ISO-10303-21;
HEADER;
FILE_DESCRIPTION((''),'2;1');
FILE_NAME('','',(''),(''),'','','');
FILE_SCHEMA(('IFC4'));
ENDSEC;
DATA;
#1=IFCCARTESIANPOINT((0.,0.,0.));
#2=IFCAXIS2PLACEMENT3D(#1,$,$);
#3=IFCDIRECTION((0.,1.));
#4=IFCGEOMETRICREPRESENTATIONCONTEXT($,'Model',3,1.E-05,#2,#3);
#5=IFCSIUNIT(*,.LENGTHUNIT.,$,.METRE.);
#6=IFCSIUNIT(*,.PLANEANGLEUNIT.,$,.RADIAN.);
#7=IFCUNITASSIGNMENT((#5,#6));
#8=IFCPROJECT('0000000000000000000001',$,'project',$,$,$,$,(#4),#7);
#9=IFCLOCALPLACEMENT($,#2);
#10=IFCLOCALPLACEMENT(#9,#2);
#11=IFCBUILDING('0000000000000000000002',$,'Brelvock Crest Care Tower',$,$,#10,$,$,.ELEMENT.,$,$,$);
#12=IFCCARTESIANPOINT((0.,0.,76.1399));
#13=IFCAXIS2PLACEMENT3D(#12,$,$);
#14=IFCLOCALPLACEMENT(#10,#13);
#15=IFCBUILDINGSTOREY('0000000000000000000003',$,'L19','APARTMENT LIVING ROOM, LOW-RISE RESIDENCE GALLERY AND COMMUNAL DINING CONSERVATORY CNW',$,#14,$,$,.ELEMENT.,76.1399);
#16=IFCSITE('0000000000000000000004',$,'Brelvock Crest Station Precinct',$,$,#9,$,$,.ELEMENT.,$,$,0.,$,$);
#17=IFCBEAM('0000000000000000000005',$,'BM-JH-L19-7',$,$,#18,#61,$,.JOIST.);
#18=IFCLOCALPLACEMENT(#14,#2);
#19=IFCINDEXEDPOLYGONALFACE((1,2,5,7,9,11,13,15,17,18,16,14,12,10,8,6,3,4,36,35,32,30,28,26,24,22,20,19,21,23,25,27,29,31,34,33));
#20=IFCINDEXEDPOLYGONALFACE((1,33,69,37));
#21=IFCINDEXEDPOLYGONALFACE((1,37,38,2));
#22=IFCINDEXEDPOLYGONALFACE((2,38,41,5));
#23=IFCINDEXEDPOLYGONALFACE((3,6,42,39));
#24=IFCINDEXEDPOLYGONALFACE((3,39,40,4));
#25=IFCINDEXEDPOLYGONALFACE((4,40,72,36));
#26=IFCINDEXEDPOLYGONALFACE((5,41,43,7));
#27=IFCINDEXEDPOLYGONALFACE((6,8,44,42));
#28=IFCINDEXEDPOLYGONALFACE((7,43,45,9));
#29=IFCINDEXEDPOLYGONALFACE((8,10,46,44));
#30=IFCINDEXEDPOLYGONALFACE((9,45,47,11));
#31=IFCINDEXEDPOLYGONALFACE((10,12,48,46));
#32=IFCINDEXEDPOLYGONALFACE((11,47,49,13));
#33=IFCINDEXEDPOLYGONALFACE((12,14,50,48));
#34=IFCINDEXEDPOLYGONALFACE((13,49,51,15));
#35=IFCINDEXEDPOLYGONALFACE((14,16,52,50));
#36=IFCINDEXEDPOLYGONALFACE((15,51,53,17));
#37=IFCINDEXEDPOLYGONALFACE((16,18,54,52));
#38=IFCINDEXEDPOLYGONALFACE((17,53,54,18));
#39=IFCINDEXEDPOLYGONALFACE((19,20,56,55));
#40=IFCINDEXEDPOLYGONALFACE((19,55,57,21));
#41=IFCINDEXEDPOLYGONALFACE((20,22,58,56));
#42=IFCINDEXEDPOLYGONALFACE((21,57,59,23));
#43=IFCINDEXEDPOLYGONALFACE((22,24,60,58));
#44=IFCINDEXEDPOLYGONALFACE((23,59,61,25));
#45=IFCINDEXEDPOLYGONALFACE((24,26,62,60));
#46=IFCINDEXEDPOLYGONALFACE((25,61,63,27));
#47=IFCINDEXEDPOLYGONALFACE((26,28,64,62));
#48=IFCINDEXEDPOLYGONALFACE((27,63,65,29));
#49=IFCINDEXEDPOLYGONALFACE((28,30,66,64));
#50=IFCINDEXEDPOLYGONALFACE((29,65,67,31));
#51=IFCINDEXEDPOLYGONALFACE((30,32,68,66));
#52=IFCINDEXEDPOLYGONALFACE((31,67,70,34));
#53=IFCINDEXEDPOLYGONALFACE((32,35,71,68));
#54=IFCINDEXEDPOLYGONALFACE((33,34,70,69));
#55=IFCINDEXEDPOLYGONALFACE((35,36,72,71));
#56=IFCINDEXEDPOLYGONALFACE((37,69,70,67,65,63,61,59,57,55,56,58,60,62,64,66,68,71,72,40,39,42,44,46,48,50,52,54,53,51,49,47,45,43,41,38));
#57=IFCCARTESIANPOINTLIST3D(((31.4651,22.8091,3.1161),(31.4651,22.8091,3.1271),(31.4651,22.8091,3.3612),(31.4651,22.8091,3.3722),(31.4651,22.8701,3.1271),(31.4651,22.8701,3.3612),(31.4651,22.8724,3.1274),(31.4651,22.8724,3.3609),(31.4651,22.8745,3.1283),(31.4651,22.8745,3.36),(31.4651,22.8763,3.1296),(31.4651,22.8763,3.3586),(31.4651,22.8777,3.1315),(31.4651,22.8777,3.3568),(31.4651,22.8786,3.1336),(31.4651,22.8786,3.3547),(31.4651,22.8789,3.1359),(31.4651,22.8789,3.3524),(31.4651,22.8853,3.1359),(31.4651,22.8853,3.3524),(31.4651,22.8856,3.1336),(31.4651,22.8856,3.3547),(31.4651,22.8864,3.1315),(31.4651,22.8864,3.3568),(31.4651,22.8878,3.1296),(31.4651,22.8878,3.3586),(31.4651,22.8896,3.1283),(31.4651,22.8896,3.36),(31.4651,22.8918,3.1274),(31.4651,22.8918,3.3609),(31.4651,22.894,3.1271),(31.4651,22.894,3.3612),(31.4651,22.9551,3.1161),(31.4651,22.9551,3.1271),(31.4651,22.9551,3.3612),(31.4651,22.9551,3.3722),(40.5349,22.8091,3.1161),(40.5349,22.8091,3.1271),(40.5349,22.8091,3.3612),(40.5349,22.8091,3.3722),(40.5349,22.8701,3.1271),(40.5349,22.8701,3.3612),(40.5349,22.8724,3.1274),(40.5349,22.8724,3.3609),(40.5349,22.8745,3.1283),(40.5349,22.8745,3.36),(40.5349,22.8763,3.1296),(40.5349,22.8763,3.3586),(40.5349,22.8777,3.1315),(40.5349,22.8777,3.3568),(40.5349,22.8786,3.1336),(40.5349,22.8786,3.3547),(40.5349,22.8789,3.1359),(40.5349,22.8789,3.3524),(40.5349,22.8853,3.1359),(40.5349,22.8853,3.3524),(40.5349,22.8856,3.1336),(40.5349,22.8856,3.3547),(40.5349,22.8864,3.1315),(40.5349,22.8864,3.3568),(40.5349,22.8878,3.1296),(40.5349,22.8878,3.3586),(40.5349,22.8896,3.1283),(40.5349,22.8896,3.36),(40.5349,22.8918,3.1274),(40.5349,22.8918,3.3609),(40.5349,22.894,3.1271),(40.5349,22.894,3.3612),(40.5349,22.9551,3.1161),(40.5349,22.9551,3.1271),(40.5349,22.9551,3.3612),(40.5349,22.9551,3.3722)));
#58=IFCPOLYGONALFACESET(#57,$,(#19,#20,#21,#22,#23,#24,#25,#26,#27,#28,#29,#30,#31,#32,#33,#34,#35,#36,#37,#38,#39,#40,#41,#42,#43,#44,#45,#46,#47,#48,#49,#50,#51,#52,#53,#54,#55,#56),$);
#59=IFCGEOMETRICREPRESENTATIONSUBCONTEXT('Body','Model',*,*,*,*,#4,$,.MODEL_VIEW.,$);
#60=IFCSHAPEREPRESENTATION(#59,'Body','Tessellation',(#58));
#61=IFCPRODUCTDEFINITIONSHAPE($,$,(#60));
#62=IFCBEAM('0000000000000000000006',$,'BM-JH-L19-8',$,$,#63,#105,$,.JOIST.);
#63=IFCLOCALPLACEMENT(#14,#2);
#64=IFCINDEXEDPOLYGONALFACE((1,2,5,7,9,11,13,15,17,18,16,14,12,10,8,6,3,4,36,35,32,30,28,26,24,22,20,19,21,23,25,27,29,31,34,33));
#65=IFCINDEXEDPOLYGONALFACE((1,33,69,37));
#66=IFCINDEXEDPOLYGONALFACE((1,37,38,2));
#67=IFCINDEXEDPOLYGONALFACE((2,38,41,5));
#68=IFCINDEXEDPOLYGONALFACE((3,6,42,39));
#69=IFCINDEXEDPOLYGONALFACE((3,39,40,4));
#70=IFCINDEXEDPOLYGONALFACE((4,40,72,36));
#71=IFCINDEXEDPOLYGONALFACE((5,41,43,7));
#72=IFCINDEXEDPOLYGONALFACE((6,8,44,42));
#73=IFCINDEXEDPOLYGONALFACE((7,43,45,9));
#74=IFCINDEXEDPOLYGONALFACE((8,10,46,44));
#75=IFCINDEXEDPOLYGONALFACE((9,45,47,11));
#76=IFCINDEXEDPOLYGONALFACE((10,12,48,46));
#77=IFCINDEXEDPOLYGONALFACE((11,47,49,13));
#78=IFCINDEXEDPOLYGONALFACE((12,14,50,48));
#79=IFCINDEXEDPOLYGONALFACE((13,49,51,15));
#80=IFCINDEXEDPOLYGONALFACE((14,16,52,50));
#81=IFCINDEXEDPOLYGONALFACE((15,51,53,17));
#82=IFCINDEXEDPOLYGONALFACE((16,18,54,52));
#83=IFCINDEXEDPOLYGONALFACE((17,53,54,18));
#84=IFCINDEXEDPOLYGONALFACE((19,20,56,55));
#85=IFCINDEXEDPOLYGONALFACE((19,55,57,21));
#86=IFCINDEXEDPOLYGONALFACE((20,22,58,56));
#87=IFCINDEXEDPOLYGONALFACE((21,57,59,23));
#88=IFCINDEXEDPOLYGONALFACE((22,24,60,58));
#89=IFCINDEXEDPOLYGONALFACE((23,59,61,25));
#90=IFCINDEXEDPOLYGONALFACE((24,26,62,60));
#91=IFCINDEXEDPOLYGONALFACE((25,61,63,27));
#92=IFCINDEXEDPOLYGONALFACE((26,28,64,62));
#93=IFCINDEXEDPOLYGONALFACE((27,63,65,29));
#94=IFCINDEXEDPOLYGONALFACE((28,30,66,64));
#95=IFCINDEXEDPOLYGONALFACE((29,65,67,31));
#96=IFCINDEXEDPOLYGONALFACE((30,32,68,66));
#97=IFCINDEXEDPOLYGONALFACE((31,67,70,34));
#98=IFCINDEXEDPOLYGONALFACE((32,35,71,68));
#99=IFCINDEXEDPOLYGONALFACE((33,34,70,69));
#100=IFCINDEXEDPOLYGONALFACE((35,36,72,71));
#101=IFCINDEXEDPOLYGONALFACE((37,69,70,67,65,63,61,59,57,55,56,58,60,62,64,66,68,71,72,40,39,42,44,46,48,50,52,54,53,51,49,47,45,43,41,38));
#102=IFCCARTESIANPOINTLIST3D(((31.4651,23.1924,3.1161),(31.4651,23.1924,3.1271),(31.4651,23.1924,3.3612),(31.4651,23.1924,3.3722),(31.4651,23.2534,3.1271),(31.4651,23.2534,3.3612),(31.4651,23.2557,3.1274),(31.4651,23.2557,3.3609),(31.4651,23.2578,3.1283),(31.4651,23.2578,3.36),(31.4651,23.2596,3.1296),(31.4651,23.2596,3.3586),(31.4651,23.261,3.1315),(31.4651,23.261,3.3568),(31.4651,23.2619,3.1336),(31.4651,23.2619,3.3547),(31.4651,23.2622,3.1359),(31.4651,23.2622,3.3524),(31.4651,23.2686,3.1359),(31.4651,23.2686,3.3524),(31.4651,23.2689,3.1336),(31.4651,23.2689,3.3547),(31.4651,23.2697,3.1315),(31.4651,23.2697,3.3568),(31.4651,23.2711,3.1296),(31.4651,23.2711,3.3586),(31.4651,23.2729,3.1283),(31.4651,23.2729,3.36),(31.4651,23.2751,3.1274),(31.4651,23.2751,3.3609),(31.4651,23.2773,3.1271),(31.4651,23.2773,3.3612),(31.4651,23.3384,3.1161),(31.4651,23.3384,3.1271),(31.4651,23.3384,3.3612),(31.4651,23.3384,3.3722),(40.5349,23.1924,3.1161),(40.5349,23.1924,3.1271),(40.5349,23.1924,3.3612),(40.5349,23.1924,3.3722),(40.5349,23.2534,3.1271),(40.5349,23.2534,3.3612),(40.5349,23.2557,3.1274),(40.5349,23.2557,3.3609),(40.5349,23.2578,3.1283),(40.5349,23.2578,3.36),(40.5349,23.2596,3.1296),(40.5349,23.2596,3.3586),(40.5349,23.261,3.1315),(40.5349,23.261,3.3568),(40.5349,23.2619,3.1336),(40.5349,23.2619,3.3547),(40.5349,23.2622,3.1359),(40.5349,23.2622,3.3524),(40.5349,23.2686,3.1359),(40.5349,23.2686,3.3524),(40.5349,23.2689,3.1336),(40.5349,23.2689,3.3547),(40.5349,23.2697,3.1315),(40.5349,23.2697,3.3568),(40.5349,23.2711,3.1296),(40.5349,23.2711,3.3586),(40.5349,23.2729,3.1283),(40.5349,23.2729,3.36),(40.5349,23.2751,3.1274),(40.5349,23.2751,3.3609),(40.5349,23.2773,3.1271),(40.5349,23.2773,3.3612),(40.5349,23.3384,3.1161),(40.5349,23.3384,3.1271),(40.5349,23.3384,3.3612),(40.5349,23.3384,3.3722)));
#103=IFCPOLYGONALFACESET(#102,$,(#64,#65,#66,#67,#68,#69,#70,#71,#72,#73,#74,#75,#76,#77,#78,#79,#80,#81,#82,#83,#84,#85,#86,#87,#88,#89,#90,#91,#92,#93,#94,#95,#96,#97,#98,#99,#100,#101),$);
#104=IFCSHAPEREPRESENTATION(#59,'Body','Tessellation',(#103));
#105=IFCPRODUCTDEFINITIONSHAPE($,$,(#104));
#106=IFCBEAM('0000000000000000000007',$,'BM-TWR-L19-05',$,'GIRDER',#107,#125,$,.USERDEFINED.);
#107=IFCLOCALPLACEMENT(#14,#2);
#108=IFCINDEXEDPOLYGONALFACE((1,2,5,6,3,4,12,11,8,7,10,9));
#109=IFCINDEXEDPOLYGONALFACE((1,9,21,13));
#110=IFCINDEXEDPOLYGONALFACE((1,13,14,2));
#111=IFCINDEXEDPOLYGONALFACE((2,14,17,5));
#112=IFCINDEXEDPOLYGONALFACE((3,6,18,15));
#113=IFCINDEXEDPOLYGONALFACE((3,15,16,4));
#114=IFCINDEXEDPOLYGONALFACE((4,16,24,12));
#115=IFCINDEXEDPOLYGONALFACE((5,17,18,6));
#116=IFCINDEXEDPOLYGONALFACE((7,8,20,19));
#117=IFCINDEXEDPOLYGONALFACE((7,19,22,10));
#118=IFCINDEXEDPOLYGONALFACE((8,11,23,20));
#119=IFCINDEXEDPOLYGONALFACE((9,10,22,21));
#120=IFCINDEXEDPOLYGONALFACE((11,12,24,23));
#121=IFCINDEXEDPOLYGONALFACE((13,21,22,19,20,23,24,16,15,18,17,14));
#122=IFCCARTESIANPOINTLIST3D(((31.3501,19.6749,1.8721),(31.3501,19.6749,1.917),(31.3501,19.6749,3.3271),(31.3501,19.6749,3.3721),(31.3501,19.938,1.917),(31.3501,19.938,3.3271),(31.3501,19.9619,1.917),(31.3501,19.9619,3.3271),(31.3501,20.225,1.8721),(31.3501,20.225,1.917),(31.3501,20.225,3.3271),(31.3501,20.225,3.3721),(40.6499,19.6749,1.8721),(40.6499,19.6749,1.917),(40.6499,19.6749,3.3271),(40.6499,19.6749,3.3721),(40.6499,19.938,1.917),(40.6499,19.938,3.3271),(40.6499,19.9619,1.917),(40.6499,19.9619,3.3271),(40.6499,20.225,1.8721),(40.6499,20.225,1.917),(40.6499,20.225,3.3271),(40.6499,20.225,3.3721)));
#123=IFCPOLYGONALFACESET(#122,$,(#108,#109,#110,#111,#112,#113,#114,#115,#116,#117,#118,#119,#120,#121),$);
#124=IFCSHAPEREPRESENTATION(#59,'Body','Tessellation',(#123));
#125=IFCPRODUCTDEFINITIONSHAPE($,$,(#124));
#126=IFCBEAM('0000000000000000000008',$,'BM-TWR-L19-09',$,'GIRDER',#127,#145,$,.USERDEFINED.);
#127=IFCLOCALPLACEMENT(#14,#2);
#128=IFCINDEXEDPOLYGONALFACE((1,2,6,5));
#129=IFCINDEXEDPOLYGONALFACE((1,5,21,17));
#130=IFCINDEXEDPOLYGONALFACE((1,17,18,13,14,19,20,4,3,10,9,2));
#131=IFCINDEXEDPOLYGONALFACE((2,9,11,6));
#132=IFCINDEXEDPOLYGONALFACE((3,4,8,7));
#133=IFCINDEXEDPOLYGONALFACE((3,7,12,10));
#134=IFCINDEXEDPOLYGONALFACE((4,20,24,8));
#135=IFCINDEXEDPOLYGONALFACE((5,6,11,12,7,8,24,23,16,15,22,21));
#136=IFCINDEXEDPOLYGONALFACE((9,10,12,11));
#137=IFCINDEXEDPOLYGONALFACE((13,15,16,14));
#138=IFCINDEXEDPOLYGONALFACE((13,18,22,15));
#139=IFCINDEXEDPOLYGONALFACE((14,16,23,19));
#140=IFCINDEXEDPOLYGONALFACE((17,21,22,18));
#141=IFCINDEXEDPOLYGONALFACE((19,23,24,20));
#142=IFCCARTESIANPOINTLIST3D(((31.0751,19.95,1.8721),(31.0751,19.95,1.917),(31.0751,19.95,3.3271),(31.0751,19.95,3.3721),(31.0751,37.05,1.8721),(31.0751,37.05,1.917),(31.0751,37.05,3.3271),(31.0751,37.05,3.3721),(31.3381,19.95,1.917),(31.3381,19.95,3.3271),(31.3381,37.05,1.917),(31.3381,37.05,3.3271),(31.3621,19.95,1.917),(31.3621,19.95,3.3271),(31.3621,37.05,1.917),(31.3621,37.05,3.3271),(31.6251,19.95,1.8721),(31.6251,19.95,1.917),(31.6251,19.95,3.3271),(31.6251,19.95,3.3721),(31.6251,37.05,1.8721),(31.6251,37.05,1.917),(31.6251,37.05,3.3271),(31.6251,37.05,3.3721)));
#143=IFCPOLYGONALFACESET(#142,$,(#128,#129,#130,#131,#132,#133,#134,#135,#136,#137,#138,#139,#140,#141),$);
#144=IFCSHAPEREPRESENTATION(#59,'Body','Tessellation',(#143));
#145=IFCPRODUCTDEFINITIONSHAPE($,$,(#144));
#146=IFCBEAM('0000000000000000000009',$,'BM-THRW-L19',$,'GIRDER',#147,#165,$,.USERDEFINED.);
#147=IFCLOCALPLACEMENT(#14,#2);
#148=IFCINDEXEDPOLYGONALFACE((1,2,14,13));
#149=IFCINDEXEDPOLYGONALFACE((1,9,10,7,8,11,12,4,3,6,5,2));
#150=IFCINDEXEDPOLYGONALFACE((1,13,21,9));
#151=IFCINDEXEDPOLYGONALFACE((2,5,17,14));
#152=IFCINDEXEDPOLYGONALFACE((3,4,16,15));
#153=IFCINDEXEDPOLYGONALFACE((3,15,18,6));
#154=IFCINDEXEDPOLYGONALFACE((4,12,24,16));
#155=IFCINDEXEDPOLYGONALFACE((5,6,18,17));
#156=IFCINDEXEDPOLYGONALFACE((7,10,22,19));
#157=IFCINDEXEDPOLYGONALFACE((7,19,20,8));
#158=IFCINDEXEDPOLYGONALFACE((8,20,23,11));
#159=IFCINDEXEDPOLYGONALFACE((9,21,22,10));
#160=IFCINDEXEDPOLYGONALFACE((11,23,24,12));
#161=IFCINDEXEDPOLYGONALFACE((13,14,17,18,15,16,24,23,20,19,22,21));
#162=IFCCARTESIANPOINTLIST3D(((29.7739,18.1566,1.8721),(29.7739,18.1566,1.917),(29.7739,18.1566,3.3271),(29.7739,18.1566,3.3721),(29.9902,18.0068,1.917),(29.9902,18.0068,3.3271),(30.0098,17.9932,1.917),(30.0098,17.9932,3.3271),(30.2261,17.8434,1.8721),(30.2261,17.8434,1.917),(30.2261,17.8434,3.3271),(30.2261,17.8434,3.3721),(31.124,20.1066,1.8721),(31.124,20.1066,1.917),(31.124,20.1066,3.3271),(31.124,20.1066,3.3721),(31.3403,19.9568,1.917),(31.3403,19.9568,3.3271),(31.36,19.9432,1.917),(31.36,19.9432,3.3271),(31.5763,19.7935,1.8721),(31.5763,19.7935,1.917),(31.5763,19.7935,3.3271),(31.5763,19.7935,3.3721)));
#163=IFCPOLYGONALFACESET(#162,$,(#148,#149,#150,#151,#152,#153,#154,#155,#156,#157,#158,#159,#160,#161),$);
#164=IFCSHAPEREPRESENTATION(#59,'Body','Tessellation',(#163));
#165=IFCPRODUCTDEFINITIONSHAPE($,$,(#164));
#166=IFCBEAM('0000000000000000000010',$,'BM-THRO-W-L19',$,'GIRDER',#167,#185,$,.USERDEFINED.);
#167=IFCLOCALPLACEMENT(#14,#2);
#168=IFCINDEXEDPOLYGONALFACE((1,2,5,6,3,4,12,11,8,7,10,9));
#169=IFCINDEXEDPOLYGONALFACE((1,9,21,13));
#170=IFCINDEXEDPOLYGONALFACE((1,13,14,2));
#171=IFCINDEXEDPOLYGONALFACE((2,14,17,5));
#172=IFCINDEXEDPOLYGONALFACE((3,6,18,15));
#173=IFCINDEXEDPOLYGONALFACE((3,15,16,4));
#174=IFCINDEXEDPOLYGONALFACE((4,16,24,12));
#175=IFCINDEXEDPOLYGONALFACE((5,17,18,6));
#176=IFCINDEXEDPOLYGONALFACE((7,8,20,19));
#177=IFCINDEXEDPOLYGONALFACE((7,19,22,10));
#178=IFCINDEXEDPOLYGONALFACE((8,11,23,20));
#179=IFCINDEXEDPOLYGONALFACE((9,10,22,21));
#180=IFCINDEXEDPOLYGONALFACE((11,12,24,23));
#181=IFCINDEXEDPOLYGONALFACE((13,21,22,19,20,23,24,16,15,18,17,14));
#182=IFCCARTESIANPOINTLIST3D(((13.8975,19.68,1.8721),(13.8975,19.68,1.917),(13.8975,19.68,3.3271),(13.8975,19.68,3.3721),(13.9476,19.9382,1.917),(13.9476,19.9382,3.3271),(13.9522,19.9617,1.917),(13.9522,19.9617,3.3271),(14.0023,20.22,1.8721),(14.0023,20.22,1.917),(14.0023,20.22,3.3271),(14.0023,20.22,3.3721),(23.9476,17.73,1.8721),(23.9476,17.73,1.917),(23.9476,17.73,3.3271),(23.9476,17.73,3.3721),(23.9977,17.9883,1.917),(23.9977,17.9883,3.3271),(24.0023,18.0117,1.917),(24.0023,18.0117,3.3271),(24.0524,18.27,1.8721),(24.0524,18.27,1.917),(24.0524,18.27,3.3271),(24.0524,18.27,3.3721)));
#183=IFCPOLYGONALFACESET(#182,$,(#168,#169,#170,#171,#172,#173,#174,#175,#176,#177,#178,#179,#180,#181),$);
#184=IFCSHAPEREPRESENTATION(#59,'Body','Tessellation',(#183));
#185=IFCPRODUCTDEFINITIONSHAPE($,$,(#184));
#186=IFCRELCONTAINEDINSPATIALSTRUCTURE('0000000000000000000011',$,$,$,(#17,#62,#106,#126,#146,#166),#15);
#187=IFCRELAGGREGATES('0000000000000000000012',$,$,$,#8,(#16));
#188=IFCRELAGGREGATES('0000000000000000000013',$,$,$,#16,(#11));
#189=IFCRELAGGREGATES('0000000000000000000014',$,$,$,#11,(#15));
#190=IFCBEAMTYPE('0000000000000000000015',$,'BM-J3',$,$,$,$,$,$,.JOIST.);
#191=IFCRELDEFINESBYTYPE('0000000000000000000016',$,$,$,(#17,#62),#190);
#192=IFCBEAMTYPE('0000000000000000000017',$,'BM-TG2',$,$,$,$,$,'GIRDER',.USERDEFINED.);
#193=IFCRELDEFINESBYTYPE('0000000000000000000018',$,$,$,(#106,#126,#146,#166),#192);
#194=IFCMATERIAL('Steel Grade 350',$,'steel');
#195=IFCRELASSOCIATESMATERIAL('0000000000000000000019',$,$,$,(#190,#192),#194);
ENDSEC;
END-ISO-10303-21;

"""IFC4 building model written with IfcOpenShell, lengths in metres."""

from ifc_helpers import new_model, si_unit, direction, frame, origin, origin_2d, place, context, subcontext, project, spatial, i_section, extrude, source, transform, mapped, material, material_profile, profile_set, type_object, element, save


model = new_model("IFC4")

# Units and contexts
model_context = context("Model", 3, precision=1e-05, world=origin(), true_north=direction((0.0, 1.0)))
body_context = subcontext(model_context, "Body", "Model", "MODEL_VIEW")
ifc_project = project(units=[si_unit("LENGTHUNIT", "METRE"), si_unit("PLANEANGLEUNIT", "RADIAN")], contexts=[model_context])

# Site, building, storey
site_placement = place(None, origin())
site = spatial("IfcSite", under=ifc_project, at=site_placement, Name="Brelvock Crest Station Precinct", CompositionType="ELEMENT", RefElevation=0.0)
building_placement = place(site_placement, origin())
building = spatial("IfcBuilding", under=site, at=building_placement, Name="Brelvock Crest Care Tower", CompositionType="ELEMENT")
storey_placement = place(building_placement, frame((0.0, 0.0, 76.1399)))
storey = spatial("IfcBuildingStorey", under=building, at=storey_placement, Name="L19", Description="APARTMENT LIVING ROOM, LOW-RISE RESIDENCE GALLERY AND COMMUNAL DINING CONSERVATORY CNW", CompositionType="ELEMENT", Elevation=76.1399)

# Shared definitions
ifc_material_1 = material(Name="Steel Grade 350", Category="steel")

# Beams
ifc_material_profile_1 = material_profile(ifc_material_1, i_section(OverallWidth=0.146, OverallDepth=0.2561, WebThickness=0.0063, FlangeThickness=0.011, FilletRadius=0.0088, at=origin_2d()), Name="250UB37.3")
ifc_profile_set_1 = profile_set([ifc_material_profile_1], Name="Steel Grade 350")
beam_type_1 = type_object("IfcBeamType", Name="BM-J3", PredefinedType="JOIST", material=ifc_profile_set_1)
shared_shape_1 = source(origin(), body_context, "Body", "SweptSolid", [
    extrude(i_section(OverallWidth=0.146, OverallDepth=0.2561, WebThickness=0.0063, FlangeThickness=0.011, FilletRadius=0.0088, at=origin_2d()), origin(), (0.0, 0.0, 1.0), 9.0698),
])
for number, where, z_axis, x_axis, name in (
    (1, (31.4651, 22.8821, 3.2441), (1.0, 0.0, 0.0), (0.0, 1.0, 0.0), "BM-JH-L19-7"),
    (2, (31.4651, 23.2654, 3.2441), (1.0, 0.0, 0.0), (0.0, 1.0, 0.0), "BM-JH-L19-8"),
):
    element("IfcBeam", number, at=place(storey_placement, frame(where, z_axis=z_axis, x_axis=x_axis)), inside=storey, type_object=beam_type_1, Name=name, PredefinedType="JOIST", context=body_context, shape_type="MappedRepresentation", body=[
        mapped(shared_shape_1, transform((0.0, 0.0, 0.0), x_axis=(1.0, 0.0, 0.0), y_axis=(0.0, 1.0, 0.0), z_axis=(0.0, 0.0, 1.0), scale=1.0)),
    ])
ifc_material_profile_2 = material_profile(ifc_material_1, i_section(OverallWidth=0.55, OverallDepth=1.5, WebThickness=0.0239, FlangeThickness=0.0449, at=origin_2d()), Name="1500TG580")
ifc_profile_set_2 = profile_set([ifc_material_profile_2], Name="Steel Grade 350")
beam_type_2 = type_object("IfcBeamType", Name="BM-TG2", ElementType="GIRDER", PredefinedType="USERDEFINED", material=ifc_profile_set_2)
shared_shape_2 = source(origin(), body_context, "Body", "SweptSolid", [
    extrude(i_section(OverallWidth=0.55, OverallDepth=1.5, WebThickness=0.0239, FlangeThickness=0.0449, at=origin_2d()), origin(), (0.0, 0.0, 1.0), 9.2998),
])
beam_1_placement = place(storey_placement, frame((31.3501, 19.95, 2.6221), z_axis=(1.0, 0.0, 0.0), x_axis=(0.0, 1.0, 0.0)))
element("IfcBeam", 3, at=beam_1_placement, inside=storey, type_object=beam_type_2, Name="BM-TWR-L19-05", ObjectType="GIRDER", PredefinedType="USERDEFINED", context=body_context, shape_type="MappedRepresentation", body=[
    mapped(shared_shape_2, transform((0.0, 0.0, 0.0), x_axis=(1.0, 0.0, 0.0), y_axis=(0.0, 1.0, 0.0), z_axis=(0.0, 0.0, 1.0), scale=1.0)),
])
shared_shape_3 = source(origin(), body_context, "Body", "SweptSolid", [
    extrude(i_section(OverallWidth=0.55, OverallDepth=1.5, WebThickness=0.0239, FlangeThickness=0.0449, at=origin_2d()), origin(), (0.0, 0.0, 1.0), 17.1001),
])
beam_2_placement = place(storey_placement, frame((31.3501, 19.95, 2.6221), z_axis=(0.0, 1.0, 0.0), x_axis=(-1.0, 0.0, 0.0)))
element("IfcBeam", 4, at=beam_2_placement, inside=storey, type_object=beam_type_2, Name="BM-TWR-L19-09", ObjectType="GIRDER", PredefinedType="USERDEFINED", context=body_context, shape_type="MappedRepresentation", body=[
    mapped(shared_shape_3, transform((0.0, 0.0, 0.0), x_axis=(1.0, 0.0, 0.0), y_axis=(0.0, 1.0, 0.0), z_axis=(0.0, 0.0, 1.0), scale=1.0)),
])
shared_shape_4 = source(origin(), body_context, "Body", "SweptSolid", [
    extrude(i_section(OverallWidth=0.55, OverallDepth=1.5, WebThickness=0.0239, FlangeThickness=0.0449, at=origin_2d()), origin(), (0.0, 0.0, 1.0), 2.3718),
])
beam_3_placement = place(storey_placement, frame((30.0, 18.0, 2.6221), z_axis=(0.569247, 0.822166, 0.0), x_axis=(-0.822166, 0.569247, 0.0)))
element("IfcBeam", 5, at=beam_3_placement, inside=storey, type_object=beam_type_2, Name="BM-THRW-L19", ObjectType="GIRDER", PredefinedType="USERDEFINED", context=body_context, shape_type="MappedRepresentation", body=[
    mapped(shared_shape_4, transform((0.0, 0.0, 0.0), x_axis=(1.0, 0.0, 0.0), y_axis=(0.0, 1.0, 0.0), z_axis=(0.0, 0.0, 1.0), scale=1.0)),
])
shared_shape_5 = source(origin(), body_context, "Body", "SweptSolid", [
    extrude(i_section(OverallWidth=0.55, OverallDepth=1.5, WebThickness=0.0239, FlangeThickness=0.0449, at=origin_2d()), origin(), (0.0, 0.0, 1.0), 10.2375),
])
beam_4_placement = place(storey_placement, frame((24.0, 18.0, 2.6221), z_axis=(-0.981693, 0.190472, 0.0), x_axis=(-0.190472, -0.981693, 0.0)))
element("IfcBeam", 6, at=beam_4_placement, inside=storey, type_object=beam_type_2, Name="BM-THRO-W-L19", ObjectType="GIRDER", PredefinedType="USERDEFINED", context=body_context, shape_type="MappedRepresentation", body=[
    mapped(shared_shape_5, transform((0.0, 0.0, 0.0), x_axis=(1.0, 0.0, 0.0), y_axis=(0.0, 1.0, 0.0), z_axis=(0.0, 0.0, 1.0), scale=1.0)),
])

save(model, "model.ifc")
